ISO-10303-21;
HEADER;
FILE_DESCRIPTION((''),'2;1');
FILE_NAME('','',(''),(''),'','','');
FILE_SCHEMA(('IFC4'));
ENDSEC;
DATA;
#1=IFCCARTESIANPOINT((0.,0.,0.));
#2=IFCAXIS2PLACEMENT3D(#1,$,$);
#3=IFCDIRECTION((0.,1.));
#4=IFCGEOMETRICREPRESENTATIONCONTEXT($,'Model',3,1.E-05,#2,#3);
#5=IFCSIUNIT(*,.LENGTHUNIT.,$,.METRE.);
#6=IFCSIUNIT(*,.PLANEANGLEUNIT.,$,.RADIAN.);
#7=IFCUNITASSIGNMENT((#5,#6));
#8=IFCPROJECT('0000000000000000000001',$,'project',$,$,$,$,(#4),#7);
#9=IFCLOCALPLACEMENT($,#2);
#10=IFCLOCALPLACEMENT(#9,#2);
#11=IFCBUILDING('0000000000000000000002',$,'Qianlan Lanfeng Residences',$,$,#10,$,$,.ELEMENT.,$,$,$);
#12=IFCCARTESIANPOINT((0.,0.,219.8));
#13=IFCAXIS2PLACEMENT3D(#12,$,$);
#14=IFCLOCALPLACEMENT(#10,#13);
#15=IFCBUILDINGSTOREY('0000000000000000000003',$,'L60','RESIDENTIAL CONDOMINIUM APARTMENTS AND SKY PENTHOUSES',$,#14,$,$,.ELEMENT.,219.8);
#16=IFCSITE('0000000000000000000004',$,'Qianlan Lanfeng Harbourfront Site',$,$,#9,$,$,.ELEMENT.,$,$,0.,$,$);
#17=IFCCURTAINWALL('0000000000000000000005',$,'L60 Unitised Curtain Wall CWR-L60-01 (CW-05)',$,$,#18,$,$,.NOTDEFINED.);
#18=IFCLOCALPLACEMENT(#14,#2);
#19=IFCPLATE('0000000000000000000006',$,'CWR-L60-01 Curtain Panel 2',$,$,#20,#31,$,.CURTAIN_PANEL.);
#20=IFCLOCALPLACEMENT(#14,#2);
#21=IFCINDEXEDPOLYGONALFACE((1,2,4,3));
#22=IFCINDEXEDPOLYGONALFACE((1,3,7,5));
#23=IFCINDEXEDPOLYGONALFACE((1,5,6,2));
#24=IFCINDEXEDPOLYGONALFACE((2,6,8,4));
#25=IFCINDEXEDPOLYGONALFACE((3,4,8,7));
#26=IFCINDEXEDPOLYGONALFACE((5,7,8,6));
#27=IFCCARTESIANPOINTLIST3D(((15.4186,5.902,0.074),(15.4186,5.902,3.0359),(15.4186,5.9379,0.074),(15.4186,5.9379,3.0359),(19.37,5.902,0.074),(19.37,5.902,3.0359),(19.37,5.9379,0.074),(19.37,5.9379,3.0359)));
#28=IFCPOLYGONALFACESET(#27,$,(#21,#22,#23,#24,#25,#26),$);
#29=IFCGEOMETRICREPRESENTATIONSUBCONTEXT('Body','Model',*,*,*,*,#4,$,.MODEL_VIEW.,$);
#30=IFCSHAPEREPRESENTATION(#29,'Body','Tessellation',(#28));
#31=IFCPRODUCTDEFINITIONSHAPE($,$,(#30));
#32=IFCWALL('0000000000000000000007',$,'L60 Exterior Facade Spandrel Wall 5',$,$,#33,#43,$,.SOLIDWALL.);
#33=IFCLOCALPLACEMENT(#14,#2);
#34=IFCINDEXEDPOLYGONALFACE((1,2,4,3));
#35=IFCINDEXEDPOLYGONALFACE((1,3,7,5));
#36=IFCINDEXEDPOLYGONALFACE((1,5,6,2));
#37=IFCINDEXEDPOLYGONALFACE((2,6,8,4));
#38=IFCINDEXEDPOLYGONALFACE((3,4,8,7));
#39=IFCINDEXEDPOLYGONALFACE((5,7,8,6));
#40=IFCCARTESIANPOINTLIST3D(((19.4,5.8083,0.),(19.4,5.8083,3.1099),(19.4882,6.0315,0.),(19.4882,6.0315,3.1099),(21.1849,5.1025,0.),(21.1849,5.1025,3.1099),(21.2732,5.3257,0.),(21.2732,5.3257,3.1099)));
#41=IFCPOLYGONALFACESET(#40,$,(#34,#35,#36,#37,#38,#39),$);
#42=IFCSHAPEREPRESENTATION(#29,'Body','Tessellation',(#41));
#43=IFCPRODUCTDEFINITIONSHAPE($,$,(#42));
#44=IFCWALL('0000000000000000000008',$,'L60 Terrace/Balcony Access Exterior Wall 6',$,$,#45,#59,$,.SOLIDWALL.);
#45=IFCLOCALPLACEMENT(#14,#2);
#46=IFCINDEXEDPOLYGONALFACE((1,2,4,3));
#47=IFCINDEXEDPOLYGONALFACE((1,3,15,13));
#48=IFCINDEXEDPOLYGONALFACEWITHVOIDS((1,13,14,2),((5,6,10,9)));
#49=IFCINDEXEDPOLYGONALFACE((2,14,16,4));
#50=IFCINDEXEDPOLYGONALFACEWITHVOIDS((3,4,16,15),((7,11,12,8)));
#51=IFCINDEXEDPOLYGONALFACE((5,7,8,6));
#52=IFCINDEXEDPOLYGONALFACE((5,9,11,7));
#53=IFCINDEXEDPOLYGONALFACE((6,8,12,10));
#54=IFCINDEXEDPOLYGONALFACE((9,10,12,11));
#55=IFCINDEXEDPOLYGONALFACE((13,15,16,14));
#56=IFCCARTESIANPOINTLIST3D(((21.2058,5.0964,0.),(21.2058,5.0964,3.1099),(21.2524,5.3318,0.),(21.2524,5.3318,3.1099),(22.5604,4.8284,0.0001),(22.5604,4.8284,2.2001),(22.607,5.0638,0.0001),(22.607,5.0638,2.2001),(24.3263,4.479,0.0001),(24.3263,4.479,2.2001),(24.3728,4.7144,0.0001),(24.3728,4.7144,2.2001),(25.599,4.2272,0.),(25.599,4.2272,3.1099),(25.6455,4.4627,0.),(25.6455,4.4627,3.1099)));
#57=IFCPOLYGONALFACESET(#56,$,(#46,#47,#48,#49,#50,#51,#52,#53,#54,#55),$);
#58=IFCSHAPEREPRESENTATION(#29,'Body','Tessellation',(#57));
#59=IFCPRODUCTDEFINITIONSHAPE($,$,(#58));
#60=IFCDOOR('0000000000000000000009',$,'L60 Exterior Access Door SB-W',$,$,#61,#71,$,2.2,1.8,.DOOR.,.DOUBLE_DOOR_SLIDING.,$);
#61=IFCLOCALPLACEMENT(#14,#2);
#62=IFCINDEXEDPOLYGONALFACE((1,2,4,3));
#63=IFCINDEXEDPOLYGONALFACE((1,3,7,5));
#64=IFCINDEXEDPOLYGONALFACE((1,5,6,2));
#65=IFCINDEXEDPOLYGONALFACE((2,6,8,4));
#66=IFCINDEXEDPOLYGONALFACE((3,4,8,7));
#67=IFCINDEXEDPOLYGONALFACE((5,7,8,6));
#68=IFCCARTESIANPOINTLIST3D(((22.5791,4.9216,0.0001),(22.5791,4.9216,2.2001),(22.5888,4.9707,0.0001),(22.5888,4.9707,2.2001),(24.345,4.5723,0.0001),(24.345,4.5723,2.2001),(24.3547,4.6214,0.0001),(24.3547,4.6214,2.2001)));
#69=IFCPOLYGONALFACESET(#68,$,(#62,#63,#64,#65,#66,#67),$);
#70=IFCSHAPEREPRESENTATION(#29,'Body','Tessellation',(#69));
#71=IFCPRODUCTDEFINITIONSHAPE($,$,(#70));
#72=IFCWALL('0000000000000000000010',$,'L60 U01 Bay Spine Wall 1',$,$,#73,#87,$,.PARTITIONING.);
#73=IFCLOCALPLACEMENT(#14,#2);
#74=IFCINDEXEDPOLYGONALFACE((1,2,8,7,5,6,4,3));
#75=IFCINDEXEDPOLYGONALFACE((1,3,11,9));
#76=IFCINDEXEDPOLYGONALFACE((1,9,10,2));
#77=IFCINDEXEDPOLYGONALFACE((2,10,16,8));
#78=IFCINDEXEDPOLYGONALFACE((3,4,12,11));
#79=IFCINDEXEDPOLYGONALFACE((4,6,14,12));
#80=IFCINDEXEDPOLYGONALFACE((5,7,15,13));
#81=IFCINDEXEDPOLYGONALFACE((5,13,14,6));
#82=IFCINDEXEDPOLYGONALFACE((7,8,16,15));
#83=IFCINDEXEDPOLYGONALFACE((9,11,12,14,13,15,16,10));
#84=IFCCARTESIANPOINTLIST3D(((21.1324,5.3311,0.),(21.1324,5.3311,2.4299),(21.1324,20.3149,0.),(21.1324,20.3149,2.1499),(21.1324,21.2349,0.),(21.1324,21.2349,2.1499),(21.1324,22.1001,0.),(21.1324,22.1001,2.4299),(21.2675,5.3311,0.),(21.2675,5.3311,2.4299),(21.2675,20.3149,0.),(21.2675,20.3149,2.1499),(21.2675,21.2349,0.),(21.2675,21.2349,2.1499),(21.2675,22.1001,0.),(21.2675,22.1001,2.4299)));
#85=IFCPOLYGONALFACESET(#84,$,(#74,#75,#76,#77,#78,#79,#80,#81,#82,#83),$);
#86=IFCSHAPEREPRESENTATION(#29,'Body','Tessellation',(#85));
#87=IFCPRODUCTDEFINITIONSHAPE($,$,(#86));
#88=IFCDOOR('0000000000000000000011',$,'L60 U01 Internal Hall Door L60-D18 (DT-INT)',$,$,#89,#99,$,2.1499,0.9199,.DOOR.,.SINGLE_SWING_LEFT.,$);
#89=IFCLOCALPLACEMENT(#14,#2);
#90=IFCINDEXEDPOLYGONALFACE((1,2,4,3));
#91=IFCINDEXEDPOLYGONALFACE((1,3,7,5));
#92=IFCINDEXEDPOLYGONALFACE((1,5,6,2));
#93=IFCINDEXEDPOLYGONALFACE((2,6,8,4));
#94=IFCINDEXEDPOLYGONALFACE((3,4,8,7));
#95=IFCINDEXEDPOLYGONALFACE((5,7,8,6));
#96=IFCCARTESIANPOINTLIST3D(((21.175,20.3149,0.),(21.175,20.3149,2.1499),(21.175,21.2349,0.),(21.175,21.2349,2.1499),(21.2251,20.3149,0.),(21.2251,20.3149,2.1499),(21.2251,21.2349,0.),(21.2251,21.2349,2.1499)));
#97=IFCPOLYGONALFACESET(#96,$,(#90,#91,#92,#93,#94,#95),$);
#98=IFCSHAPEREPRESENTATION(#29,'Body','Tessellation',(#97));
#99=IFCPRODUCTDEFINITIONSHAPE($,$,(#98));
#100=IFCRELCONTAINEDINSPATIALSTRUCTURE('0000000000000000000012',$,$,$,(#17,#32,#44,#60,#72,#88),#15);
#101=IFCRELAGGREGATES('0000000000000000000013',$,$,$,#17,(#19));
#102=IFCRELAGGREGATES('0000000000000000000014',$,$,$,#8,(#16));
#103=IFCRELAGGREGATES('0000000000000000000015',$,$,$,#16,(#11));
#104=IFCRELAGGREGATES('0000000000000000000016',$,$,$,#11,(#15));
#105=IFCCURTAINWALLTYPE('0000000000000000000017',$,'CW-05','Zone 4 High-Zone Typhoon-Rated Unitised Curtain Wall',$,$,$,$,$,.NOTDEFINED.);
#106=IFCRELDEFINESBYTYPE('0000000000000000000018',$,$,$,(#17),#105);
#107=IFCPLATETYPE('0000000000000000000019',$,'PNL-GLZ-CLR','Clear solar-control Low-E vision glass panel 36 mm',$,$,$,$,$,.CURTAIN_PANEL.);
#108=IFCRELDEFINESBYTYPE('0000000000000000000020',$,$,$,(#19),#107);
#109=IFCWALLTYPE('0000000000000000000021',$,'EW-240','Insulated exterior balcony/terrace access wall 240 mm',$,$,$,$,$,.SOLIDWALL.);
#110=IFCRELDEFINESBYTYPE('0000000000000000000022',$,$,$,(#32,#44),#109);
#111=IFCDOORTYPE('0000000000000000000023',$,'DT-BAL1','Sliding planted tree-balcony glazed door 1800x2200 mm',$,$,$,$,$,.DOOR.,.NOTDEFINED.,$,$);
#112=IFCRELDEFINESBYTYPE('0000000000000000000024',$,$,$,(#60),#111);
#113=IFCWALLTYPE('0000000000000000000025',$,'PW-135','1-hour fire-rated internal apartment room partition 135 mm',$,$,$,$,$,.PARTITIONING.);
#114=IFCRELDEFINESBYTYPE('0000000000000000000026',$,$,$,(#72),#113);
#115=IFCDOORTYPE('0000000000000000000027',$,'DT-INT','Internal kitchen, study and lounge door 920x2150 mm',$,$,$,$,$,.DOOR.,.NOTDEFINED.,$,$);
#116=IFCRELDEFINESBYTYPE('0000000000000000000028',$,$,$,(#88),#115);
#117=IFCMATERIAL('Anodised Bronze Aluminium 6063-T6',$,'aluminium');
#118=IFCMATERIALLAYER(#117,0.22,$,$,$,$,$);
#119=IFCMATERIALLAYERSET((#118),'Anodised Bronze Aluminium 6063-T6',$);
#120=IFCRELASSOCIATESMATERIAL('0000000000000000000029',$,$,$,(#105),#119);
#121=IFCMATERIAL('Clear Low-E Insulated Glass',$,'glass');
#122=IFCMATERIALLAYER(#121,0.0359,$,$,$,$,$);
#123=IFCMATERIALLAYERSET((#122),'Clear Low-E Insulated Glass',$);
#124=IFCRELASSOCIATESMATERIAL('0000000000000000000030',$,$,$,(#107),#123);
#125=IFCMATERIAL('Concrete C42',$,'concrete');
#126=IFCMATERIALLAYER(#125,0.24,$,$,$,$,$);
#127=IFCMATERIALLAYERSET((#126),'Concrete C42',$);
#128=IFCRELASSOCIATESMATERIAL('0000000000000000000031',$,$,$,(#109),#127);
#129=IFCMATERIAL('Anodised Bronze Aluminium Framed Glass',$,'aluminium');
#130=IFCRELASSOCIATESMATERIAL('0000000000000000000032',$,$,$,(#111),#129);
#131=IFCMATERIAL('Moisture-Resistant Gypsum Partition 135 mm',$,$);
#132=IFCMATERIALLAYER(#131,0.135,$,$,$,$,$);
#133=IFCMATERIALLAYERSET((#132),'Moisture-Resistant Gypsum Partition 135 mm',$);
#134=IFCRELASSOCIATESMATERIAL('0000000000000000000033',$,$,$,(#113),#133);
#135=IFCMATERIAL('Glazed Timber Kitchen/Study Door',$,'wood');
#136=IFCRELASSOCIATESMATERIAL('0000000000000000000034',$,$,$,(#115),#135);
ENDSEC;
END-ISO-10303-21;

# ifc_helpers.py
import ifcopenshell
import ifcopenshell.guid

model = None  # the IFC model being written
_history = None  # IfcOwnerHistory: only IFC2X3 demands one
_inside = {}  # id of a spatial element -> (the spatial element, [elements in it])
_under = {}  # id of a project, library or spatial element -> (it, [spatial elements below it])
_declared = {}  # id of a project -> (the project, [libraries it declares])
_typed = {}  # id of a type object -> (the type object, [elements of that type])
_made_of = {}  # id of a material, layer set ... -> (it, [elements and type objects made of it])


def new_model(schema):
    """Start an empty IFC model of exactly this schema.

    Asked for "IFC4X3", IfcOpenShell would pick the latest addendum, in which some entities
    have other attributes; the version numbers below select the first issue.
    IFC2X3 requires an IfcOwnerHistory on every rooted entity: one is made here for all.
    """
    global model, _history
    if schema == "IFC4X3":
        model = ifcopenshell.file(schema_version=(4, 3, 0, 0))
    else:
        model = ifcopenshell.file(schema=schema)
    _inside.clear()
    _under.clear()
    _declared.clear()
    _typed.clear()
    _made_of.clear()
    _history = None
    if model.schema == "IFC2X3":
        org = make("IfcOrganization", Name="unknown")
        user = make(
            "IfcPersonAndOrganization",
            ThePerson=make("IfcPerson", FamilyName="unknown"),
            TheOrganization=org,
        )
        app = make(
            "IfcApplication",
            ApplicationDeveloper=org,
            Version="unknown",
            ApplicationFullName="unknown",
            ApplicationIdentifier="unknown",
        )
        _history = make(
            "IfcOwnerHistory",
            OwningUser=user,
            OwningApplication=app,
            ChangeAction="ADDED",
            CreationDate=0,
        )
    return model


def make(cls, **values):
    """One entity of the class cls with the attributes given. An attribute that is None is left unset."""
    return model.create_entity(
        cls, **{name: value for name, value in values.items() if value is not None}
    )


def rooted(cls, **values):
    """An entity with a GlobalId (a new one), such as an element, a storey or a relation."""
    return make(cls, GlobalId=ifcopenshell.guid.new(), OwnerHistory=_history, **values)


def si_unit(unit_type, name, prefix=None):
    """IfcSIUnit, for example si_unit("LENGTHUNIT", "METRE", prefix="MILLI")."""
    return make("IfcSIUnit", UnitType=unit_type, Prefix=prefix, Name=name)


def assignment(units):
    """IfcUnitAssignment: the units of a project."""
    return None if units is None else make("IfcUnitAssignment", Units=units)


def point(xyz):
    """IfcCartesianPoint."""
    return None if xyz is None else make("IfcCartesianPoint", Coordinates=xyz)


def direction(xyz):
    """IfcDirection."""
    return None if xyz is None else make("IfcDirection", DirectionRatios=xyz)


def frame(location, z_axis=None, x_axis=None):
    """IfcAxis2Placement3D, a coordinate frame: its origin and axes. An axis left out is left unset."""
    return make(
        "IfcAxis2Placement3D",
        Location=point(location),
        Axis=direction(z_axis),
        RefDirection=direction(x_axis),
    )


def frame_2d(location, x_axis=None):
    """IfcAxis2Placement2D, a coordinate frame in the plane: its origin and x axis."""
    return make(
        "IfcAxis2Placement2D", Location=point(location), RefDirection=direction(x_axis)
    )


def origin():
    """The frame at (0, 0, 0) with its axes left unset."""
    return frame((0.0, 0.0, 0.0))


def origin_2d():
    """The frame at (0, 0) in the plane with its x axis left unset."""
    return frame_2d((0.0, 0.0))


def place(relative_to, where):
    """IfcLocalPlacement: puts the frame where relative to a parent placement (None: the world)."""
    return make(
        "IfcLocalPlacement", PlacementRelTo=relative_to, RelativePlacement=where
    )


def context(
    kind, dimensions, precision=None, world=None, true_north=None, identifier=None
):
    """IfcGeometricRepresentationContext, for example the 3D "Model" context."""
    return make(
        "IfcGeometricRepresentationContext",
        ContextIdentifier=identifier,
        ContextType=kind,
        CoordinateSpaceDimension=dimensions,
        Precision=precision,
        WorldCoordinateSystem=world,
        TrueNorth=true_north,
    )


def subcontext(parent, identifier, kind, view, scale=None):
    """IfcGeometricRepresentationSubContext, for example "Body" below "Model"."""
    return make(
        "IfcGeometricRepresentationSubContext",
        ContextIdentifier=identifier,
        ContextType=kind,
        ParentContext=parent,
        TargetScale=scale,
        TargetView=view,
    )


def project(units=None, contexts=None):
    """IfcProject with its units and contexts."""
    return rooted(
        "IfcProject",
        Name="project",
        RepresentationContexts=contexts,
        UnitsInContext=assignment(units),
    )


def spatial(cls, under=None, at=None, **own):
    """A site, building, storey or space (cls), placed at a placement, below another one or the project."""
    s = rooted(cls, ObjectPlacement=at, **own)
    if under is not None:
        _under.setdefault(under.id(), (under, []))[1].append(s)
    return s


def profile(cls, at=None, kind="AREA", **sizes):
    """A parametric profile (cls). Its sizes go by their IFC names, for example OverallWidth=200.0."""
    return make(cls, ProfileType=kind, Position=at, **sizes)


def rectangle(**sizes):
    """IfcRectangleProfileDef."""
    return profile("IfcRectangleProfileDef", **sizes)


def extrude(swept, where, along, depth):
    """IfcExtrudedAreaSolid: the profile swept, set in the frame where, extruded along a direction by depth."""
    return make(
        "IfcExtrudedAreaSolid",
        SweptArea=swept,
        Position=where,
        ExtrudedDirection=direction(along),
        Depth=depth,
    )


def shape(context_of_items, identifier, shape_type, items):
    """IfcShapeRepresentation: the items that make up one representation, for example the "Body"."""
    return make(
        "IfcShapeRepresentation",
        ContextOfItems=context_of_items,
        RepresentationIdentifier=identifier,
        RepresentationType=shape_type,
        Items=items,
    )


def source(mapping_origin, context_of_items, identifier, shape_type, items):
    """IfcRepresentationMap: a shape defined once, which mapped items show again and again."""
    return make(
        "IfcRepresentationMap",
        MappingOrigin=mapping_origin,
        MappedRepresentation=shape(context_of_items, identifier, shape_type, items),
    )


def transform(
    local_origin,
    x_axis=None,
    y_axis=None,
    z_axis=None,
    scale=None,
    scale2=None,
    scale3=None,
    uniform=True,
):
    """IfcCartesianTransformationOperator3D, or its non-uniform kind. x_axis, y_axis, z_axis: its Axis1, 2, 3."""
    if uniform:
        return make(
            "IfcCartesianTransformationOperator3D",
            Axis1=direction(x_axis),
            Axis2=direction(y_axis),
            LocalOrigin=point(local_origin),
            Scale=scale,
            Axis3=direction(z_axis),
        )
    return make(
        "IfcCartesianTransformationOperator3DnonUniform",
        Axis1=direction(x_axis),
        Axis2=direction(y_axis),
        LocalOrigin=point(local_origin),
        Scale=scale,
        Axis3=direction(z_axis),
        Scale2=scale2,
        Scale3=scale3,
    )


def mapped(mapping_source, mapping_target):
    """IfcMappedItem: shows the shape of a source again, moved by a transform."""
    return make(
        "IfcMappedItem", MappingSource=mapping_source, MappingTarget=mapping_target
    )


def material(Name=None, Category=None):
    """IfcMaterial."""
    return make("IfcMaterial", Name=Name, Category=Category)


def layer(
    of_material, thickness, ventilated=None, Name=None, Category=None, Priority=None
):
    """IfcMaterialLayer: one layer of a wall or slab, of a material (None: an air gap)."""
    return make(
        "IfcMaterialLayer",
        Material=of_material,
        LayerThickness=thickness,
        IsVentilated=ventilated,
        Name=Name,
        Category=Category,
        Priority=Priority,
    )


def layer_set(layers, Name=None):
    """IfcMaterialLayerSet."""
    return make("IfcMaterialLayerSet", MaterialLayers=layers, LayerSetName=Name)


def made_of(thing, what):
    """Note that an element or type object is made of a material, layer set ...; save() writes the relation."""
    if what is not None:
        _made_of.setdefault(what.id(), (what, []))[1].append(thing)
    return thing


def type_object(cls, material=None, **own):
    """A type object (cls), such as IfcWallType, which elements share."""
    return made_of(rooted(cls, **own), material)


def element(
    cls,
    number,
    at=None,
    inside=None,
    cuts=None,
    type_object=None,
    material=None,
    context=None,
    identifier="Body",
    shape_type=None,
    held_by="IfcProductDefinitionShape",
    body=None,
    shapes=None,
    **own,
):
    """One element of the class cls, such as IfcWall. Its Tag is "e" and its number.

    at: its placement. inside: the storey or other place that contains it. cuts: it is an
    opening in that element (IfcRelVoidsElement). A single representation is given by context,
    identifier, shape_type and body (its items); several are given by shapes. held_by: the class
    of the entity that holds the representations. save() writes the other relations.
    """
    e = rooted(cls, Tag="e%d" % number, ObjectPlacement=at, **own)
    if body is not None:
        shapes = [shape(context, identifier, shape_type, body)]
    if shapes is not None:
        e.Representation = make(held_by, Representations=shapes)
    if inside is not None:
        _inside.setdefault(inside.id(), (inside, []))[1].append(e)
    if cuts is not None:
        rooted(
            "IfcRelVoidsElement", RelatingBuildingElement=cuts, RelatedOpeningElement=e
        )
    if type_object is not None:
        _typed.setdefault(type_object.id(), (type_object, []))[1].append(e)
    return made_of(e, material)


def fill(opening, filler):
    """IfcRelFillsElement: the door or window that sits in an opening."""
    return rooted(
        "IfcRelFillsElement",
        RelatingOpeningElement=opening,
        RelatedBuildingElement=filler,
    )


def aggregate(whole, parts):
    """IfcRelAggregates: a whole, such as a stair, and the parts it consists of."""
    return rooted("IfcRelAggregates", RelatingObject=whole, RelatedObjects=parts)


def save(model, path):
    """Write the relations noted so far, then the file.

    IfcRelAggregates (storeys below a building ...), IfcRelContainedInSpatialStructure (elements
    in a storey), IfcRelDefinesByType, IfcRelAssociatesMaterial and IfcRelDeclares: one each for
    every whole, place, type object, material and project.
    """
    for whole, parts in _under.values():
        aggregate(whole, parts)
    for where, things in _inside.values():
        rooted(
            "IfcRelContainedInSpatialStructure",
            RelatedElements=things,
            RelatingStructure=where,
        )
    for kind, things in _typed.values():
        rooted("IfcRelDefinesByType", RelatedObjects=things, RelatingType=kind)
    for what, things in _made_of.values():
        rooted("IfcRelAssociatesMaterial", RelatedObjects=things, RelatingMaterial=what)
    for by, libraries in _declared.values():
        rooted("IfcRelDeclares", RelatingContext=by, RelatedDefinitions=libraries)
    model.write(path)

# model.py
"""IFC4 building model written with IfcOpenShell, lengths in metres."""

from ifc_helpers import new_model, si_unit, direction, frame, frame_2d, origin, origin_2d, place, context, subcontext, project, spatial, rectangle, extrude, source, transform, mapped, material, layer, layer_set, type_object, element, fill, aggregate, save


model = new_model("IFC4")

# Units and contexts
model_context = context("Model", 3, precision=1e-05, world=origin(), true_north=direction((0.0, 1.0)))
body_context = subcontext(model_context, "Body", "Model", "MODEL_VIEW")
ifc_project = project(units=[si_unit("LENGTHUNIT", "METRE"), si_unit("PLANEANGLEUNIT", "RADIAN")], contexts=[model_context])

# Site, building, storey
site_placement = place(None, origin())
site = spatial("IfcSite", under=ifc_project, at=site_placement, Name="Qianlan Lanfeng Harbourfront Site", CompositionType="ELEMENT", RefElevation=0.0)
building_placement = place(site_placement, origin())
building = spatial("IfcBuilding", under=site, at=building_placement, Name="Qianlan Lanfeng Residences", CompositionType="ELEMENT")
storey_placement = place(building_placement, frame((0.0, 0.0, 219.8)))
storey = spatial("IfcBuildingStorey", under=building, at=storey_placement, Name="L60", Description="RESIDENTIAL CONDOMINIUM APARTMENTS AND SKY PENTHOUSES", CompositionType="ELEMENT", Elevation=219.8)

# Curtain wall, plate
ifc_material_1 = material(Name="Anodised Bronze Aluminium 6063-T6", Category="aluminium")
ifc_layer_1 = layer(ifc_material_1, 0.22)
ifc_layer_set_1 = layer_set([ifc_layer_1], Name="Anodised Bronze Aluminium 6063-T6")
curtain_wall_type = type_object("IfcCurtainWallType", Name="CW-05", Description="Zone 4 High-Zone Typhoon-Rated Unitised Curtain Wall", PredefinedType="NOTDEFINED", material=ifc_layer_set_1)
curtain_wall_placement = place(storey_placement, origin())
curtain_wall = element("IfcCurtainWall", 1, at=curtain_wall_placement, inside=storey, type_object=curtain_wall_type, Name="L60 Unitised Curtain Wall CWR-L60-01 (CW-05)", PredefinedType="NOTDEFINED")
ifc_material_2 = material(Name="Clear Low-E Insulated Glass", Category="glass")
ifc_layer_2 = layer(ifc_material_2, 0.0359)
ifc_layer_set_2 = layer_set([ifc_layer_2], Name="Clear Low-E Insulated Glass")
plate_type = type_object("IfcPlateType", Name="PNL-GLZ-CLR", Description="Clear solar-control Low-E vision glass panel 36 mm", PredefinedType="CURTAIN_PANEL", material=ifc_layer_set_2)
shared_shape_1 = source(origin(), body_context, "Body", "SweptSolid", [
    extrude(rectangle(XDim=3.9514, YDim=0.0359, at=origin_2d()), origin(), (0.0, 0.0, 1.0), 2.9619),
])
plate_1_placement = place(storey_placement, frame((17.3943, 5.9199, 0.074), z_axis=(0.0, 0.0, 1.0), x_axis=(1.0, 0.0, 0.0)))
plate_1 = element("IfcPlate", 2, at=plate_1_placement, type_object=plate_type, Name="CWR-L60-01 Curtain Panel 2", PredefinedType="CURTAIN_PANEL", context=body_context, shape_type="MappedRepresentation", body=[
    mapped(shared_shape_1, transform((0.0, 0.0, 0.0), scale=1.0)),
])
aggregate(curtain_wall, [plate_1])

# Wall
ifc_material_3 = material(Name="Concrete C42", Category="concrete")
ifc_layer_3 = layer(ifc_material_3, 0.24)
ifc_layer_set_3 = layer_set([ifc_layer_3], Name="Concrete C42")
wall_type_1 = type_object("IfcWallType", Name="EW-240", Description="Insulated exterior balcony/terrace access wall 240 mm", PredefinedType="SOLIDWALL", material=ifc_layer_set_3)
wall_1_placement = place(storey_placement, frame((19.4441, 5.9199, 0.0), z_axis=(0.0, 0.0, 1.0), x_axis=(0.929934, -0.367725, 0.0)))
element("IfcWall", 3, at=wall_1_placement, inside=storey, type_object=wall_type_1, Name="L60 Exterior Facade Spandrel Wall 5", PredefinedType="SOLIDWALL", context=body_context, shape_type="SweptSolid", body=[
    extrude(rectangle(XDim=1.9194, YDim=0.24, at=frame_2d((0.9597, 0.0))), origin(), (0.0, 0.0, 1.0), 3.1099),
])

# Walls, openings, doors
wall_2_placement = place(storey_placement, frame((21.229, 5.2141, 0.0), z_axis=(0.0, 0.0, 1.0), x_axis=(0.980985, -0.194082, 0.0)))
wall_2 = element("IfcWall", 4, at=wall_2_placement, inside=storey, type_object=wall_type_1, Name="L60 Terrace/Balcony Access Exterior Wall 6", PredefinedType="SOLIDWALL", context=body_context, shape_type="SweptSolid", body=[
    extrude(rectangle(XDim=4.4783, YDim=0.24, at=frame_2d((2.2393, 0.0))), origin(), (0.0, 0.0, 1.0), 3.1099),
])
opening_1_placement = place(wall_2_placement, frame((1.3811, 0.0, 0.0)))
opening_1 = element("IfcOpeningElement", 5, at=opening_1_placement, cuts=wall_2, PredefinedType="OPENING", context=body_context, shape_type="SweptSolid", body=[
    extrude(rectangle(XDim=1.8, YDim=2.2, at=frame_2d((0.8999, 1.1001))), frame((0.0, 0.1299, 0.0), z_axis=(0.0, -1.0, 0.0), x_axis=(1.0, 0.0, 0.0)), (0.0, 0.0, 1.0), 0.26),
])
ifc_material_4 = material(Name="Anodised Bronze Aluminium Framed Glass", Category="aluminium")
door_type_1 = type_object("IfcDoorType", Name="DT-BAL1", Description="Sliding planted tree-balcony glazed door 1800x2200 mm", OperationType="NOTDEFINED", PredefinedType="DOOR", material=ifc_material_4)
door_1_placement = place(opening_1_placement, frame((1.8, 0.0, 0.0), z_axis=(0.0, 0.0, 1.0), x_axis=(-1.0, 0.0, 0.0)))
door_1 = element("IfcDoor", 6, at=door_1_placement, inside=storey, type_object=door_type_1, Name="L60 Exterior Access Door SB-W", OperationType="DOUBLE_DOOR_SLIDING", OverallHeight=2.2, OverallWidth=1.8, PredefinedType="DOOR", context=body_context, shape_type="SweptSolid", body=[
    extrude(rectangle(XDim=1.8, YDim=2.2, at=frame_2d((0.8999, 1.1001))), frame((0.0, 0.0249, 0.0), z_axis=(0.0, -1.0, 0.0), x_axis=(1.0, 0.0, 0.0)), (0.0, 0.0, 1.0), 0.05),
])
fill(opening_1, door_1)
ifc_material_5 = material(Name="Moisture-Resistant Gypsum Partition 135 mm")
ifc_layer_4 = layer(ifc_material_5, 0.135)
ifc_layer_set_4 = layer_set([ifc_layer_4], Name="Moisture-Resistant Gypsum Partition 135 mm")
wall_type_2 = type_object("IfcWallType", Name="PW-135", Description="1-hour fire-rated internal apartment room partition 135 mm", PredefinedType="PARTITIONING", material=ifc_layer_set_4)
wall_3_placement = place(storey_placement, frame((21.2, 5.3311, 0.0), z_axis=(0.0, 0.0, 1.0), x_axis=(0.0, 1.0, 0.0)))
wall_3 = element("IfcWall", 7, at=wall_3_placement, inside=storey, type_object=wall_type_2, Name="L60 U01 Bay Spine Wall 1", PredefinedType="PARTITIONING", context=body_context, shape_type="SweptSolid", body=[
    extrude(rectangle(XDim=16.769, YDim=0.135, at=frame_2d((8.3845, 0.0))), origin(), (0.0, 0.0, 1.0), 2.4299),
])
opening_2_placement = place(wall_3_placement, frame((14.9839, 0.0, 0.0)))
opening_2 = element("IfcOpeningElement", 8, at=opening_2_placement, cuts=wall_3, PredefinedType="OPENING", context=body_context, shape_type="SweptSolid", body=[
    extrude(rectangle(XDim=0.9199, YDim=2.1499, at=frame_2d((0.46, 1.075))), frame((0.0, 0.0776, 0.0), z_axis=(0.0, -1.0, 0.0), x_axis=(1.0, 0.0, 0.0)), (0.0, 0.0, 1.0), 0.155),
])
ifc_material_6 = material(Name="Glazed Timber Kitchen/Study Door", Category="wood")
door_type_2 = type_object("IfcDoorType", Name="DT-INT", Description="Internal kitchen, study and lounge door 920x2150 mm", OperationType="NOTDEFINED", PredefinedType="DOOR", material=ifc_material_6)
door_2_placement = place(opening_2_placement, origin())
door_2 = element("IfcDoor", 9, at=door_2_placement, inside=storey, type_object=door_type_2, Name="L60 U01 Internal Hall Door L60-D18 (DT-INT)", OperationType="SINGLE_SWING_LEFT", OverallHeight=2.1499, OverallWidth=0.9199, PredefinedType="DOOR", context=body_context, shape_type="SweptSolid", body=[
    extrude(rectangle(XDim=0.9199, YDim=2.1499, at=frame_2d((0.46, 1.075))), frame((0.0, 0.0249, 0.0), z_axis=(0.0, -1.0, 0.0), x_axis=(1.0, 0.0, 0.0)), (0.0, 0.0, 1.0), 0.05),
])
fill(opening_2, door_2)

save(model, "model.ifc")
